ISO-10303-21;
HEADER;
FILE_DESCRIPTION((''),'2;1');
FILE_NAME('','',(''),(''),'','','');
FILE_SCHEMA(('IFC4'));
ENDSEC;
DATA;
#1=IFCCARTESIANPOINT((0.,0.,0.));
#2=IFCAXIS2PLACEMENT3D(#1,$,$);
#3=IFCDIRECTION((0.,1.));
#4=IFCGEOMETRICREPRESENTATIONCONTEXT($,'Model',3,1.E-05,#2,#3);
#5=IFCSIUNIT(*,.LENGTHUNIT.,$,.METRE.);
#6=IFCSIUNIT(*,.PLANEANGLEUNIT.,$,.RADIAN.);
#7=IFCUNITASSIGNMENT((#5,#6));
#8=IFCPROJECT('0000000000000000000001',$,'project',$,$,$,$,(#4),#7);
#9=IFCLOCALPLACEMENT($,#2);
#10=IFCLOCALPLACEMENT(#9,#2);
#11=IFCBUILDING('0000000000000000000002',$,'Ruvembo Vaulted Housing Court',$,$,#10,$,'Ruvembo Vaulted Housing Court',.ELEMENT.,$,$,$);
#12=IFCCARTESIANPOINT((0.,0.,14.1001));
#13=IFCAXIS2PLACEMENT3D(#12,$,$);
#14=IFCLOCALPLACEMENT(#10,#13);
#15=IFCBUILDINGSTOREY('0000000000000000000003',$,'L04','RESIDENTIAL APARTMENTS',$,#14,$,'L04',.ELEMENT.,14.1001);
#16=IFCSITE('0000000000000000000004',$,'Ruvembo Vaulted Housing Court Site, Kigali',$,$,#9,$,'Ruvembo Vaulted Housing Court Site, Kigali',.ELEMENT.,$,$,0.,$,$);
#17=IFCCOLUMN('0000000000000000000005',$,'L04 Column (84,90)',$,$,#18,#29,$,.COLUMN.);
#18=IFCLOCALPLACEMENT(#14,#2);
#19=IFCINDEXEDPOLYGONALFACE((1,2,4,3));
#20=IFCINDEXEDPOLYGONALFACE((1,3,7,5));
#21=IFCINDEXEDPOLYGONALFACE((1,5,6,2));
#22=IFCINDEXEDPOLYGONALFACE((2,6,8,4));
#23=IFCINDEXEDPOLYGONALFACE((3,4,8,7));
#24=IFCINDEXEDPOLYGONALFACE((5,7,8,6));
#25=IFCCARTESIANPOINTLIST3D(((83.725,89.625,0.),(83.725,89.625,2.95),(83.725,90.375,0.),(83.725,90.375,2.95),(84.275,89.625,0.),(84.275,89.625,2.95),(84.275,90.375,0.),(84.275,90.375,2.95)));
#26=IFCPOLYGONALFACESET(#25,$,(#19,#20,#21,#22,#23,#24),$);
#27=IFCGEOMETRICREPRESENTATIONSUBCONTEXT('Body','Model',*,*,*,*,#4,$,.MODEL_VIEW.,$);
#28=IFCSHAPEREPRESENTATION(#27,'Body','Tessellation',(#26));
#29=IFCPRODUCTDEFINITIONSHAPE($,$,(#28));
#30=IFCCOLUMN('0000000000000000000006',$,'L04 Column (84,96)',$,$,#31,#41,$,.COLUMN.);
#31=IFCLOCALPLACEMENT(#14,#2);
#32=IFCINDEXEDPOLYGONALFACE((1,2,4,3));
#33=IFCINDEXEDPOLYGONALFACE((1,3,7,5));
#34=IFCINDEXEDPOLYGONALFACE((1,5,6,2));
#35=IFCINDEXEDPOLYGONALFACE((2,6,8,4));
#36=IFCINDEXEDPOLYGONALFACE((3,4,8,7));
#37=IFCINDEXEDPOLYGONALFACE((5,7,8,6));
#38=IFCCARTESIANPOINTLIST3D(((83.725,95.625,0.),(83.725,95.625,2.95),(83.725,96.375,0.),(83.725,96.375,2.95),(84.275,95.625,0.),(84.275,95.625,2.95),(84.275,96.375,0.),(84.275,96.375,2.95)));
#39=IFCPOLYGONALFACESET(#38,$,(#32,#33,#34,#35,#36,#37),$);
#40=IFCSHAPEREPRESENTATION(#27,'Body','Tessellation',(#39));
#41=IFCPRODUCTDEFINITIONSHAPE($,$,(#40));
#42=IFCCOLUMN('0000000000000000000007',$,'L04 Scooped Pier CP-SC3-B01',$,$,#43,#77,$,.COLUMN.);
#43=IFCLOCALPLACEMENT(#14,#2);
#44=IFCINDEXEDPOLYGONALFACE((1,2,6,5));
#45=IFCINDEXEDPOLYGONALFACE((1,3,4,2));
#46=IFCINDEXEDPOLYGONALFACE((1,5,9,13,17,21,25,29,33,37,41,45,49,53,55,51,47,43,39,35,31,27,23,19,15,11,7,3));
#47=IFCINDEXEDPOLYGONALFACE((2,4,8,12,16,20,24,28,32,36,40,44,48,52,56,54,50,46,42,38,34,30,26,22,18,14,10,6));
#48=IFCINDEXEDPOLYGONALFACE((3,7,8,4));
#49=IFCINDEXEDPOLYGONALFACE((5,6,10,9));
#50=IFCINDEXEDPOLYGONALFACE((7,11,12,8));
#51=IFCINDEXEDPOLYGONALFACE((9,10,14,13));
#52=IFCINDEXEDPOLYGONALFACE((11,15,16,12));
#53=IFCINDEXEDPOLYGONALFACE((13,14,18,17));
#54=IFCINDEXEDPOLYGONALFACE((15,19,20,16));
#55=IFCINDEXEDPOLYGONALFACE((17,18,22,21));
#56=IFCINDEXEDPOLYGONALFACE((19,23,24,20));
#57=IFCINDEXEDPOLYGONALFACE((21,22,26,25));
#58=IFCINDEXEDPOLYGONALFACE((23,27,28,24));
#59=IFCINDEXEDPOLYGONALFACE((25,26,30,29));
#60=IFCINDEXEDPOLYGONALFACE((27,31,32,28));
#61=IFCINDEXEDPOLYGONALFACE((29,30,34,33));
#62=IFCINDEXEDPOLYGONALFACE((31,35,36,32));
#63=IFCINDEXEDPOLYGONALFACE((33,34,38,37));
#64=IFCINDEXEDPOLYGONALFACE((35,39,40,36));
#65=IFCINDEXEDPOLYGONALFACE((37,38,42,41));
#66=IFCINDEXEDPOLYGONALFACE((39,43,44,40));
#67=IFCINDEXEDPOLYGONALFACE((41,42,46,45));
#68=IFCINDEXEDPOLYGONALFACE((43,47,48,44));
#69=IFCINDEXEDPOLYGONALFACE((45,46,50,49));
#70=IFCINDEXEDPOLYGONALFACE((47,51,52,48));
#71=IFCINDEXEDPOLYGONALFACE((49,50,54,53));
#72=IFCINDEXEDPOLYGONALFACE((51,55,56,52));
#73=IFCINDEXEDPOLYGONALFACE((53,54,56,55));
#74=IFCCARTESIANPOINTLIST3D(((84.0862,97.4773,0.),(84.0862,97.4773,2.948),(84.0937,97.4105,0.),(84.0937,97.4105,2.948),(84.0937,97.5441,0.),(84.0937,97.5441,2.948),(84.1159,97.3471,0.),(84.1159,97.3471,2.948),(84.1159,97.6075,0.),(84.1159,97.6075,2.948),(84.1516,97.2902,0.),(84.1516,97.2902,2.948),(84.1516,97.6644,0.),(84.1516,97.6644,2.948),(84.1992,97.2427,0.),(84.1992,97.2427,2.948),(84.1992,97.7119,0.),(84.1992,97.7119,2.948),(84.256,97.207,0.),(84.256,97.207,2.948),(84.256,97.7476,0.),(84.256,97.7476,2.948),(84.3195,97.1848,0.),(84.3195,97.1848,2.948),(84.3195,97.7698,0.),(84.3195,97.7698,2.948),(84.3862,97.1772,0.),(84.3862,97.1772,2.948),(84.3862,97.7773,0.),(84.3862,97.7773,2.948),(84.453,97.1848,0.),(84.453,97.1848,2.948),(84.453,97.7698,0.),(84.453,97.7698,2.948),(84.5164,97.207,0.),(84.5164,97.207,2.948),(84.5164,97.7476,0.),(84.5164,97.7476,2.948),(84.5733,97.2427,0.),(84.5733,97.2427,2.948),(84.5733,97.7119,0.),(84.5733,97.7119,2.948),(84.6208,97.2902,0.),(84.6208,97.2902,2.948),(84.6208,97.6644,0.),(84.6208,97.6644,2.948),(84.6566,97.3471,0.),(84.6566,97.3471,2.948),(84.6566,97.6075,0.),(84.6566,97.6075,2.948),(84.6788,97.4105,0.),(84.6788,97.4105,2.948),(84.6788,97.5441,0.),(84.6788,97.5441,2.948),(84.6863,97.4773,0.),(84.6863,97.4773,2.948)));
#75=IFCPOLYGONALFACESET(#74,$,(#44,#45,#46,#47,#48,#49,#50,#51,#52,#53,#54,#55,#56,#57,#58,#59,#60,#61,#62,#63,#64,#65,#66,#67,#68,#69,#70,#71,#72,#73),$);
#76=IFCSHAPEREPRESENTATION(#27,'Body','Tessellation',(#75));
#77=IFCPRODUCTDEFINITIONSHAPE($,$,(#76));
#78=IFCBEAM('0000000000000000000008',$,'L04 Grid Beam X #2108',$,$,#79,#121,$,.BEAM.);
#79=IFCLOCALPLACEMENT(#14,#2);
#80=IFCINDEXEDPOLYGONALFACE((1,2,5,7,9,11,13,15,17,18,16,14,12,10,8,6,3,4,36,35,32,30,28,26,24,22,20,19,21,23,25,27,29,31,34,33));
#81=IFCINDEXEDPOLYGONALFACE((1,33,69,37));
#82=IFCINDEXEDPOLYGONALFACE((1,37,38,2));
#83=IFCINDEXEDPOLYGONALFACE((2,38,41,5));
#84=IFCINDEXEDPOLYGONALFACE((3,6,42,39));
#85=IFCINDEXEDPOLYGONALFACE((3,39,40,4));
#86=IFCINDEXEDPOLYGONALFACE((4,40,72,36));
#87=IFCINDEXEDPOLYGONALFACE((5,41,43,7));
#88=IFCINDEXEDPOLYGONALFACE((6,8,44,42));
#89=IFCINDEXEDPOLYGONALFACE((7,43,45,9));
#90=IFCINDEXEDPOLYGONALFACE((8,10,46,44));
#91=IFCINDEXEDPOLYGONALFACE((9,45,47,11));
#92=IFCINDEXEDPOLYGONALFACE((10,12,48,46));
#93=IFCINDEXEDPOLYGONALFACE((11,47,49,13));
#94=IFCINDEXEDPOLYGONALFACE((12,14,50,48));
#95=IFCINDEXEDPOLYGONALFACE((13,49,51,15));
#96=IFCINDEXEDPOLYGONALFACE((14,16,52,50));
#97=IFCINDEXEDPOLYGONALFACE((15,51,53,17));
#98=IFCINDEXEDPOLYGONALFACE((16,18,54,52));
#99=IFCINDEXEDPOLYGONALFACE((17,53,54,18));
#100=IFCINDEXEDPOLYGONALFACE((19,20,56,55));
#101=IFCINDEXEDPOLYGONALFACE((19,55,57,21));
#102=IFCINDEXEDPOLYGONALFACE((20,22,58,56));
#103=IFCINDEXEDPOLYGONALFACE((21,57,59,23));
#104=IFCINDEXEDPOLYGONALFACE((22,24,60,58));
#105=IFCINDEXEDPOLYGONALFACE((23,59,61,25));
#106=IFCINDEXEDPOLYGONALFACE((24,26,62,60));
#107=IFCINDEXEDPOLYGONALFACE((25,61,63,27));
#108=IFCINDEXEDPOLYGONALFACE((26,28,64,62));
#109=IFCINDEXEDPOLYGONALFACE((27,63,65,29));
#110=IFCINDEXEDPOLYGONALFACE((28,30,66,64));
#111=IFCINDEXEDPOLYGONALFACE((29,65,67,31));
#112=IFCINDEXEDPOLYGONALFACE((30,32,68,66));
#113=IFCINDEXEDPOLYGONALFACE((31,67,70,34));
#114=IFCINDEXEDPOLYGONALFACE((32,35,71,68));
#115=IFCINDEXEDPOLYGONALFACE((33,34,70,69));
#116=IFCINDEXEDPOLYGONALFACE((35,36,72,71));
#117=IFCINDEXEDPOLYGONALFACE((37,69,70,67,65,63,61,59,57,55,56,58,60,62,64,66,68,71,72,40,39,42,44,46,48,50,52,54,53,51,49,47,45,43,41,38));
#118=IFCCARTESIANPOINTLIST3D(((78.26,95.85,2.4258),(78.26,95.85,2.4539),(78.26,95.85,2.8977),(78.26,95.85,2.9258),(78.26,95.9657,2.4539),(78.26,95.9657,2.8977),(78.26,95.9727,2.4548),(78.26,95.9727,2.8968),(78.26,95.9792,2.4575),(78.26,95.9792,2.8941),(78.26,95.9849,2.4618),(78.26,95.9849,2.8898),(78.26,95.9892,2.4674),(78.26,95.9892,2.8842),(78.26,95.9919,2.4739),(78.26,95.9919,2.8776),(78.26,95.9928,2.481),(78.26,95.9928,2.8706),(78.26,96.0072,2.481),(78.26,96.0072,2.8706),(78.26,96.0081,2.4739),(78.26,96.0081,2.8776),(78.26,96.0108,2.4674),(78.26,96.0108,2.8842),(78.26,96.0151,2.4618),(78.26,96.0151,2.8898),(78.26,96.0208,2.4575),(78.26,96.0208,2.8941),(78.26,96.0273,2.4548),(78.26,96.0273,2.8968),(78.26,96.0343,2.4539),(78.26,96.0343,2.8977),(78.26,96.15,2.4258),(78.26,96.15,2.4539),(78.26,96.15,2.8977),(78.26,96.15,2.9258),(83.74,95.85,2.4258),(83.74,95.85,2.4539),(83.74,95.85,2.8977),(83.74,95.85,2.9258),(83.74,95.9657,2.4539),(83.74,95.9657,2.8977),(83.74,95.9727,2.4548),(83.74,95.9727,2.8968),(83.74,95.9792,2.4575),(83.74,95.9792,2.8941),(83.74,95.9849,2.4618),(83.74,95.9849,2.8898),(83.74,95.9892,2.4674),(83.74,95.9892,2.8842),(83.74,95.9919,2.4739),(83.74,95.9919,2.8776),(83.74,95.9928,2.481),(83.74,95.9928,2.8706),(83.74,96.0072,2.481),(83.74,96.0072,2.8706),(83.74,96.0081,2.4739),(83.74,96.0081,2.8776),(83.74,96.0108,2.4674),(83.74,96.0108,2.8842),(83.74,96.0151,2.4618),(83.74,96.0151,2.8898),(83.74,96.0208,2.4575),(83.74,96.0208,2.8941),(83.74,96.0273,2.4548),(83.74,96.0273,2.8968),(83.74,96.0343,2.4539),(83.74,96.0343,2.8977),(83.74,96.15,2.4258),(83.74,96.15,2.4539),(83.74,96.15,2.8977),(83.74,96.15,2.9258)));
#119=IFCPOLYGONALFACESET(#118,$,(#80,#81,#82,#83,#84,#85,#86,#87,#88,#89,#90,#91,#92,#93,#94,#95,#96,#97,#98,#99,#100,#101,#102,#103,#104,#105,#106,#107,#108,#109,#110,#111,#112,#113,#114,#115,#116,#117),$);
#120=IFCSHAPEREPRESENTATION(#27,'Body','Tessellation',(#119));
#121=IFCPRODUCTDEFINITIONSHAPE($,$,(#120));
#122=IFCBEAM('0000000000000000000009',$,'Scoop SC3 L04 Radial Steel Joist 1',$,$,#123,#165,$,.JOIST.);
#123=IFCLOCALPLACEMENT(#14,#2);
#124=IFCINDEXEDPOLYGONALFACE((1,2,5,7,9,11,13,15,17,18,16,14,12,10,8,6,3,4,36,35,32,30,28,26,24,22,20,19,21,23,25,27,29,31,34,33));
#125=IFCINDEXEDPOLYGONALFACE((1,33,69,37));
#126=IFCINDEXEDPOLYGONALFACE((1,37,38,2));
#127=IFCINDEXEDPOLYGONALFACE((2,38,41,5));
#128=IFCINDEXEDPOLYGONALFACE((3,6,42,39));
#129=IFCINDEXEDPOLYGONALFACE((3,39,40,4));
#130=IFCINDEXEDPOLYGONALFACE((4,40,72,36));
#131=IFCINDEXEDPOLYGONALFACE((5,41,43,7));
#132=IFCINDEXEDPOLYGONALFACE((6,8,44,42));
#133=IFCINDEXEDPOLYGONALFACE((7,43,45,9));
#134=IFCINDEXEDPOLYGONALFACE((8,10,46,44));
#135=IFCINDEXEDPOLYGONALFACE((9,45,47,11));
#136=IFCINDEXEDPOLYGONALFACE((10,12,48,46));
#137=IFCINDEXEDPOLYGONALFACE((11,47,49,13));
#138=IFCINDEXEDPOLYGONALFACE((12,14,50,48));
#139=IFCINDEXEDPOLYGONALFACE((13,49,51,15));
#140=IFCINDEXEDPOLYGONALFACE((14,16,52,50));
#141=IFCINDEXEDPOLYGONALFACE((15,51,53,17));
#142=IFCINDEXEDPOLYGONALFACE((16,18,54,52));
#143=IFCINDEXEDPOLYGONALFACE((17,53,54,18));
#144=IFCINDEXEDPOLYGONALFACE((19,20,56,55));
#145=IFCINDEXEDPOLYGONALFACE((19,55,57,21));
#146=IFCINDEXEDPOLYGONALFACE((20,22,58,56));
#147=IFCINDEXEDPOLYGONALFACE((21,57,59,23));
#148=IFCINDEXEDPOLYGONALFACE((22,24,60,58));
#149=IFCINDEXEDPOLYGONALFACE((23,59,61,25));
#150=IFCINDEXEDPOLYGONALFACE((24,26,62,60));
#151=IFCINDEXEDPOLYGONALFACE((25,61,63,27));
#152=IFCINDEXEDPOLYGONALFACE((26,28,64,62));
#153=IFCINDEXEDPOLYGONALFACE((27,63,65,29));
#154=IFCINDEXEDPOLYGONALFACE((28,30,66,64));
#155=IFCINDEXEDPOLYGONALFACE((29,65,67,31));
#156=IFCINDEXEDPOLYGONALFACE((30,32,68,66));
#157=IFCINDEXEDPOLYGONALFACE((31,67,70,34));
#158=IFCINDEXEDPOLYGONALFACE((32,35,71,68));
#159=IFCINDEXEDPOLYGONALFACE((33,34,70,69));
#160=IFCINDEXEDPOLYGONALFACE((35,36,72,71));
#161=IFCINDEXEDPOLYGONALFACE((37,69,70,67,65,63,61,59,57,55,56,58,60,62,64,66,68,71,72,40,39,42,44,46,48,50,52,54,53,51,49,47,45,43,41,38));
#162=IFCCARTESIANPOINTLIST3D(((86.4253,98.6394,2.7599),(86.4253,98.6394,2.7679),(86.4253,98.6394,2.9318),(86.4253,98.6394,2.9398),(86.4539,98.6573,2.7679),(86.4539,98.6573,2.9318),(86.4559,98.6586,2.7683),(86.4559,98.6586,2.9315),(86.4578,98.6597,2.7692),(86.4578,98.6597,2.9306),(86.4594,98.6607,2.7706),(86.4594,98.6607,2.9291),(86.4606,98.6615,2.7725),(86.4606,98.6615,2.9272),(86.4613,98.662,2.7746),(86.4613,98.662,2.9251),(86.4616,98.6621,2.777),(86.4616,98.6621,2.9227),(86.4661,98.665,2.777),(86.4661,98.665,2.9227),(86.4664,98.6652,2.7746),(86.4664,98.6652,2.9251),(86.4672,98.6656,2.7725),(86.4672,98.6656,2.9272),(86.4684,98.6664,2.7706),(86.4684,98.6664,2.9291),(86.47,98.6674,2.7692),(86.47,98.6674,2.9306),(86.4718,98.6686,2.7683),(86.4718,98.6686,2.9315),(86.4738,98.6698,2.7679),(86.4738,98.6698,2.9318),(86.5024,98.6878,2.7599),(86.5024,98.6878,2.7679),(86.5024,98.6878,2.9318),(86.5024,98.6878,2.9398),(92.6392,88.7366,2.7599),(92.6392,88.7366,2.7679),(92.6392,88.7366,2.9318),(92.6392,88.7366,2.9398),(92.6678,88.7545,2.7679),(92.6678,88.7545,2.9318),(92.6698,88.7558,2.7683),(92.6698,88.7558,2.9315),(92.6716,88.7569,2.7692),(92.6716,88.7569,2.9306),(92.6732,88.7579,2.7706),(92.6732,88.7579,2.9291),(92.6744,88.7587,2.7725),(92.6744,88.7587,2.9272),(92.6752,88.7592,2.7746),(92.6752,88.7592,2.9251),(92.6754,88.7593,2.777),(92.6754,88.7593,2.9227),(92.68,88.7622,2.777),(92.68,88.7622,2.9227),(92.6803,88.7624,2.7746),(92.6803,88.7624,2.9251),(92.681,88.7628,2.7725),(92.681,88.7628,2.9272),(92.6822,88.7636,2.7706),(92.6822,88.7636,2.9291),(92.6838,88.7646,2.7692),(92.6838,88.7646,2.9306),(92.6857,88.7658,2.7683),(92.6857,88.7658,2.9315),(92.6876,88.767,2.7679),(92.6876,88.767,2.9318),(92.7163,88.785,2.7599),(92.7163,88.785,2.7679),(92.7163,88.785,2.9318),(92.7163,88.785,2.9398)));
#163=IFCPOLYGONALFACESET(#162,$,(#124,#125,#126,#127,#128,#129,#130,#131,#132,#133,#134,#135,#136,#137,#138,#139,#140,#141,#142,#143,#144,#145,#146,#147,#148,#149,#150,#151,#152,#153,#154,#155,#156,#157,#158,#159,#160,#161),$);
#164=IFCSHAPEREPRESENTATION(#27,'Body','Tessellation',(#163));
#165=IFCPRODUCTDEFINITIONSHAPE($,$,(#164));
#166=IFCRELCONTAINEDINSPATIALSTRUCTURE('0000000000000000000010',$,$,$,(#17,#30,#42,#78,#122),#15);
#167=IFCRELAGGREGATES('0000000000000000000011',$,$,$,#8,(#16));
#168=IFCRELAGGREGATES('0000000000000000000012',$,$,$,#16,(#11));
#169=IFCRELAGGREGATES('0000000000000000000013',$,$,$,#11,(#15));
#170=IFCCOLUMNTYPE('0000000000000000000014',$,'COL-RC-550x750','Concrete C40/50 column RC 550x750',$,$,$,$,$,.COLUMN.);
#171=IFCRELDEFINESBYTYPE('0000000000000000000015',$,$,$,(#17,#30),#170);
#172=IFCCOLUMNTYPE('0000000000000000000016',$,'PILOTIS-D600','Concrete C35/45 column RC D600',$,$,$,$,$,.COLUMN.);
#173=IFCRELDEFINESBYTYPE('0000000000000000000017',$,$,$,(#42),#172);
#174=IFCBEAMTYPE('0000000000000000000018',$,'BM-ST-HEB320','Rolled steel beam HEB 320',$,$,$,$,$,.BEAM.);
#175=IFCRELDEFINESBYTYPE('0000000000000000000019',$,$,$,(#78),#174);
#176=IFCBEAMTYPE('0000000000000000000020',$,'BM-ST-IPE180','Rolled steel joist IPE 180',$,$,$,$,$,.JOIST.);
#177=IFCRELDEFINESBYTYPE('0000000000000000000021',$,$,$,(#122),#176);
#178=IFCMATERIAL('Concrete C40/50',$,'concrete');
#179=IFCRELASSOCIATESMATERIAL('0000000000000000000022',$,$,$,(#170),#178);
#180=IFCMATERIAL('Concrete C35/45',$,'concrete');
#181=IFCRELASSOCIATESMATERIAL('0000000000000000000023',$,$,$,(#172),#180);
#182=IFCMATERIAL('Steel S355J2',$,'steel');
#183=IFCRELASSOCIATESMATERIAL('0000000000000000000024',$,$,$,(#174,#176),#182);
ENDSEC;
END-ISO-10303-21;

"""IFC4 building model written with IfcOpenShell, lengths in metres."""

from ifc_helpers import new_model, si_unit, direction, frame, origin, origin_2d, place, context, subcontext, project, spatial, rectangle, circle, i_section, extrude, material, material_profile, profile_set, type_object, element, save


model = new_model("IFC4")

# Units and contexts
model_context = context("Model", 3, precision=1e-05, world=origin(), true_north=direction((0.0, 1.0)))
body_context = subcontext(model_context, "Body", "Model", "MODEL_VIEW")
ifc_project = project(units=[si_unit("LENGTHUNIT", "METRE"), si_unit("PLANEANGLEUNIT", "RADIAN")], contexts=[model_context])

# Site, building, storey
site_placement = place(None, origin())
site = spatial("IfcSite", under=ifc_project, at=site_placement, Name="Ruvembo Vaulted Housing Court Site, Kigali", LongName="Ruvembo Vaulted Housing Court Site, Kigali", CompositionType="ELEMENT", RefElevation=0.0)
building_placement = place(site_placement, origin())
building = spatial("IfcBuilding", under=site, at=building_placement, Name="Ruvembo Vaulted Housing Court", LongName="Ruvembo Vaulted Housing Court", CompositionType="ELEMENT")
storey_placement = place(building_placement, frame((0.0, 0.0, 14.1001)))
storey = spatial("IfcBuildingStorey", under=building, at=storey_placement, Name="L04", Description="RESIDENTIAL APARTMENTS", LongName="L04", CompositionType="ELEMENT", Elevation=14.1001)

# Columns
ifc_material_1 = material(Name="Concrete C40/50", Category="concrete")
ifc_material_profile_1 = material_profile(ifc_material_1, rectangle(XDim=0.55, YDim=0.75, at=origin_2d()), Name="RC 550x750")
ifc_profile_set_1 = profile_set([ifc_material_profile_1], Name="Concrete C40/50")
column_type_1 = type_object("IfcColumnType", Name="COL-RC-550x750", Description="Concrete C40/50 column RC 550x750", PredefinedType="COLUMN", material=ifc_profile_set_1)
for number, where, z_axis, x_axis, name in (
    (1, (84.0, 90.0, 0.0), (0.0, 0.0, 1.0), (1.0, 0.0, 0.0), "L04 Column (84,90)"),
    (2, (84.0, 96.0, 0.0), (0.0, 0.0, 1.0), (1.0, 0.0, 0.0), "L04 Column (84,96)"),
):
    element("IfcColumn", number, at=place(storey_placement, frame(where, z_axis=z_axis, x_axis=x_axis)), inside=storey, type_object=column_type_1, Name=name, PredefinedType="COLUMN", context=body_context, shape_type="SweptSolid", body=[
        extrude(rectangle(XDim=0.55, YDim=0.75, at=origin_2d()), origin(), (0.0, 0.0, 1.0), 2.95),
    ])
ifc_material_2 = material(Name="Concrete C35/45", Category="concrete")
ifc_material_profile_2 = material_profile(ifc_material_2, circle(Radius=0.3, at=origin_2d()), Name="RC D600")
ifc_profile_set_2 = profile_set([ifc_material_profile_2], Name="Concrete C35/45")
column_type_2 = type_object("IfcColumnType", Name="PILOTIS-D600", Description="Concrete C35/45 column RC D600", PredefinedType="COLUMN", material=ifc_profile_set_2)
column_placement = place(storey_placement, frame((84.3862, 97.4773, 0.0), z_axis=(0.0, 0.0, 1.0), x_axis=(1.0, 0.0, 0.0)))
element("IfcColumn", 3, at=column_placement, inside=storey, type_object=column_type_2, Name="L04 Scooped Pier CP-SC3-B01", PredefinedType="COLUMN", context=body_context, shape_type="SweptSolid", body=[
    extrude(circle(Radius=0.3, at=origin_2d()), origin(), (0.0, 0.0, 1.0), 2.948),
])

# Beams
ifc_material_3 = material(Name="Steel S355J2", Category="steel")
ifc_material_profile_3 = material_profile(ifc_material_3, i_section(OverallWidth=0.3, OverallDepth=0.5, WebThickness=0.0144, FlangeThickness=0.0281, FilletRadius=0.0271, at=origin_2d()), Name="HEB 320")
ifc_profile_set_3 = profile_set([ifc_material_profile_3], Name="Steel S355J2")
beam_type_1 = type_object("IfcBeamType", Name="BM-ST-HEB320", Description="Rolled steel beam HEB 320", PredefinedType="BEAM", material=ifc_profile_set_3)
beam_1_placement = place(storey_placement, frame((78.26, 96.0, 2.6758), z_axis=(1.0, 0.0, 0.0), x_axis=(0.0, 1.0, 0.0)))
element("IfcBeam", 4, at=beam_1_placement, inside=storey, type_object=beam_type_1, Name="L04 Grid Beam X #2108", PredefinedType="BEAM", context=body_context, shape_type="SweptSolid", body=[
    extrude(i_section(OverallWidth=0.3, OverallDepth=0.5, WebThickness=0.0144, FlangeThickness=0.0281, FilletRadius=0.0271, at=origin_2d()), origin(), (0.0, 0.0, 1.0), 5.48),
])
ifc_material_profile_4 = material_profile(ifc_material_3, i_section(OverallWidth=0.0911, OverallDepth=0.1799, WebThickness=0.0054, FlangeThickness=0.0081, FilletRadius=0.009, at=origin_2d()), Name="IPE 180")
ifc_profile_set_4 = profile_set([ifc_material_profile_4], Name="Steel S355J2")
beam_type_2 = type_object("IfcBeamType", Name="BM-ST-IPE180", Description="Rolled steel joist IPE 180", PredefinedType="JOIST", material=ifc_profile_set_4)
beam_2_placement = place(storey_placement, frame((86.4639, 98.6636, 2.8499), z_axis=(0.531511, -0.847051, 0.0), x_axis=(0.847051, 0.531511, 0.0)))
element("IfcBeam", 5, at=beam_2_placement, inside=storey, type_object=beam_type_2, Name="Scoop SC3 L04 Radial Steel Joist 1", PredefinedType="JOIST", context=body_context, shape_type="SweptSolid", body=[
    extrude(i_section(OverallWidth=0.0911, OverallDepth=0.1799, WebThickness=0.0054, FlangeThickness=0.0081, FilletRadius=0.009, at=origin_2d()), origin(), (0.0, 0.0, 1.0), 11.6909),
])

save(model, "model.ifc")
